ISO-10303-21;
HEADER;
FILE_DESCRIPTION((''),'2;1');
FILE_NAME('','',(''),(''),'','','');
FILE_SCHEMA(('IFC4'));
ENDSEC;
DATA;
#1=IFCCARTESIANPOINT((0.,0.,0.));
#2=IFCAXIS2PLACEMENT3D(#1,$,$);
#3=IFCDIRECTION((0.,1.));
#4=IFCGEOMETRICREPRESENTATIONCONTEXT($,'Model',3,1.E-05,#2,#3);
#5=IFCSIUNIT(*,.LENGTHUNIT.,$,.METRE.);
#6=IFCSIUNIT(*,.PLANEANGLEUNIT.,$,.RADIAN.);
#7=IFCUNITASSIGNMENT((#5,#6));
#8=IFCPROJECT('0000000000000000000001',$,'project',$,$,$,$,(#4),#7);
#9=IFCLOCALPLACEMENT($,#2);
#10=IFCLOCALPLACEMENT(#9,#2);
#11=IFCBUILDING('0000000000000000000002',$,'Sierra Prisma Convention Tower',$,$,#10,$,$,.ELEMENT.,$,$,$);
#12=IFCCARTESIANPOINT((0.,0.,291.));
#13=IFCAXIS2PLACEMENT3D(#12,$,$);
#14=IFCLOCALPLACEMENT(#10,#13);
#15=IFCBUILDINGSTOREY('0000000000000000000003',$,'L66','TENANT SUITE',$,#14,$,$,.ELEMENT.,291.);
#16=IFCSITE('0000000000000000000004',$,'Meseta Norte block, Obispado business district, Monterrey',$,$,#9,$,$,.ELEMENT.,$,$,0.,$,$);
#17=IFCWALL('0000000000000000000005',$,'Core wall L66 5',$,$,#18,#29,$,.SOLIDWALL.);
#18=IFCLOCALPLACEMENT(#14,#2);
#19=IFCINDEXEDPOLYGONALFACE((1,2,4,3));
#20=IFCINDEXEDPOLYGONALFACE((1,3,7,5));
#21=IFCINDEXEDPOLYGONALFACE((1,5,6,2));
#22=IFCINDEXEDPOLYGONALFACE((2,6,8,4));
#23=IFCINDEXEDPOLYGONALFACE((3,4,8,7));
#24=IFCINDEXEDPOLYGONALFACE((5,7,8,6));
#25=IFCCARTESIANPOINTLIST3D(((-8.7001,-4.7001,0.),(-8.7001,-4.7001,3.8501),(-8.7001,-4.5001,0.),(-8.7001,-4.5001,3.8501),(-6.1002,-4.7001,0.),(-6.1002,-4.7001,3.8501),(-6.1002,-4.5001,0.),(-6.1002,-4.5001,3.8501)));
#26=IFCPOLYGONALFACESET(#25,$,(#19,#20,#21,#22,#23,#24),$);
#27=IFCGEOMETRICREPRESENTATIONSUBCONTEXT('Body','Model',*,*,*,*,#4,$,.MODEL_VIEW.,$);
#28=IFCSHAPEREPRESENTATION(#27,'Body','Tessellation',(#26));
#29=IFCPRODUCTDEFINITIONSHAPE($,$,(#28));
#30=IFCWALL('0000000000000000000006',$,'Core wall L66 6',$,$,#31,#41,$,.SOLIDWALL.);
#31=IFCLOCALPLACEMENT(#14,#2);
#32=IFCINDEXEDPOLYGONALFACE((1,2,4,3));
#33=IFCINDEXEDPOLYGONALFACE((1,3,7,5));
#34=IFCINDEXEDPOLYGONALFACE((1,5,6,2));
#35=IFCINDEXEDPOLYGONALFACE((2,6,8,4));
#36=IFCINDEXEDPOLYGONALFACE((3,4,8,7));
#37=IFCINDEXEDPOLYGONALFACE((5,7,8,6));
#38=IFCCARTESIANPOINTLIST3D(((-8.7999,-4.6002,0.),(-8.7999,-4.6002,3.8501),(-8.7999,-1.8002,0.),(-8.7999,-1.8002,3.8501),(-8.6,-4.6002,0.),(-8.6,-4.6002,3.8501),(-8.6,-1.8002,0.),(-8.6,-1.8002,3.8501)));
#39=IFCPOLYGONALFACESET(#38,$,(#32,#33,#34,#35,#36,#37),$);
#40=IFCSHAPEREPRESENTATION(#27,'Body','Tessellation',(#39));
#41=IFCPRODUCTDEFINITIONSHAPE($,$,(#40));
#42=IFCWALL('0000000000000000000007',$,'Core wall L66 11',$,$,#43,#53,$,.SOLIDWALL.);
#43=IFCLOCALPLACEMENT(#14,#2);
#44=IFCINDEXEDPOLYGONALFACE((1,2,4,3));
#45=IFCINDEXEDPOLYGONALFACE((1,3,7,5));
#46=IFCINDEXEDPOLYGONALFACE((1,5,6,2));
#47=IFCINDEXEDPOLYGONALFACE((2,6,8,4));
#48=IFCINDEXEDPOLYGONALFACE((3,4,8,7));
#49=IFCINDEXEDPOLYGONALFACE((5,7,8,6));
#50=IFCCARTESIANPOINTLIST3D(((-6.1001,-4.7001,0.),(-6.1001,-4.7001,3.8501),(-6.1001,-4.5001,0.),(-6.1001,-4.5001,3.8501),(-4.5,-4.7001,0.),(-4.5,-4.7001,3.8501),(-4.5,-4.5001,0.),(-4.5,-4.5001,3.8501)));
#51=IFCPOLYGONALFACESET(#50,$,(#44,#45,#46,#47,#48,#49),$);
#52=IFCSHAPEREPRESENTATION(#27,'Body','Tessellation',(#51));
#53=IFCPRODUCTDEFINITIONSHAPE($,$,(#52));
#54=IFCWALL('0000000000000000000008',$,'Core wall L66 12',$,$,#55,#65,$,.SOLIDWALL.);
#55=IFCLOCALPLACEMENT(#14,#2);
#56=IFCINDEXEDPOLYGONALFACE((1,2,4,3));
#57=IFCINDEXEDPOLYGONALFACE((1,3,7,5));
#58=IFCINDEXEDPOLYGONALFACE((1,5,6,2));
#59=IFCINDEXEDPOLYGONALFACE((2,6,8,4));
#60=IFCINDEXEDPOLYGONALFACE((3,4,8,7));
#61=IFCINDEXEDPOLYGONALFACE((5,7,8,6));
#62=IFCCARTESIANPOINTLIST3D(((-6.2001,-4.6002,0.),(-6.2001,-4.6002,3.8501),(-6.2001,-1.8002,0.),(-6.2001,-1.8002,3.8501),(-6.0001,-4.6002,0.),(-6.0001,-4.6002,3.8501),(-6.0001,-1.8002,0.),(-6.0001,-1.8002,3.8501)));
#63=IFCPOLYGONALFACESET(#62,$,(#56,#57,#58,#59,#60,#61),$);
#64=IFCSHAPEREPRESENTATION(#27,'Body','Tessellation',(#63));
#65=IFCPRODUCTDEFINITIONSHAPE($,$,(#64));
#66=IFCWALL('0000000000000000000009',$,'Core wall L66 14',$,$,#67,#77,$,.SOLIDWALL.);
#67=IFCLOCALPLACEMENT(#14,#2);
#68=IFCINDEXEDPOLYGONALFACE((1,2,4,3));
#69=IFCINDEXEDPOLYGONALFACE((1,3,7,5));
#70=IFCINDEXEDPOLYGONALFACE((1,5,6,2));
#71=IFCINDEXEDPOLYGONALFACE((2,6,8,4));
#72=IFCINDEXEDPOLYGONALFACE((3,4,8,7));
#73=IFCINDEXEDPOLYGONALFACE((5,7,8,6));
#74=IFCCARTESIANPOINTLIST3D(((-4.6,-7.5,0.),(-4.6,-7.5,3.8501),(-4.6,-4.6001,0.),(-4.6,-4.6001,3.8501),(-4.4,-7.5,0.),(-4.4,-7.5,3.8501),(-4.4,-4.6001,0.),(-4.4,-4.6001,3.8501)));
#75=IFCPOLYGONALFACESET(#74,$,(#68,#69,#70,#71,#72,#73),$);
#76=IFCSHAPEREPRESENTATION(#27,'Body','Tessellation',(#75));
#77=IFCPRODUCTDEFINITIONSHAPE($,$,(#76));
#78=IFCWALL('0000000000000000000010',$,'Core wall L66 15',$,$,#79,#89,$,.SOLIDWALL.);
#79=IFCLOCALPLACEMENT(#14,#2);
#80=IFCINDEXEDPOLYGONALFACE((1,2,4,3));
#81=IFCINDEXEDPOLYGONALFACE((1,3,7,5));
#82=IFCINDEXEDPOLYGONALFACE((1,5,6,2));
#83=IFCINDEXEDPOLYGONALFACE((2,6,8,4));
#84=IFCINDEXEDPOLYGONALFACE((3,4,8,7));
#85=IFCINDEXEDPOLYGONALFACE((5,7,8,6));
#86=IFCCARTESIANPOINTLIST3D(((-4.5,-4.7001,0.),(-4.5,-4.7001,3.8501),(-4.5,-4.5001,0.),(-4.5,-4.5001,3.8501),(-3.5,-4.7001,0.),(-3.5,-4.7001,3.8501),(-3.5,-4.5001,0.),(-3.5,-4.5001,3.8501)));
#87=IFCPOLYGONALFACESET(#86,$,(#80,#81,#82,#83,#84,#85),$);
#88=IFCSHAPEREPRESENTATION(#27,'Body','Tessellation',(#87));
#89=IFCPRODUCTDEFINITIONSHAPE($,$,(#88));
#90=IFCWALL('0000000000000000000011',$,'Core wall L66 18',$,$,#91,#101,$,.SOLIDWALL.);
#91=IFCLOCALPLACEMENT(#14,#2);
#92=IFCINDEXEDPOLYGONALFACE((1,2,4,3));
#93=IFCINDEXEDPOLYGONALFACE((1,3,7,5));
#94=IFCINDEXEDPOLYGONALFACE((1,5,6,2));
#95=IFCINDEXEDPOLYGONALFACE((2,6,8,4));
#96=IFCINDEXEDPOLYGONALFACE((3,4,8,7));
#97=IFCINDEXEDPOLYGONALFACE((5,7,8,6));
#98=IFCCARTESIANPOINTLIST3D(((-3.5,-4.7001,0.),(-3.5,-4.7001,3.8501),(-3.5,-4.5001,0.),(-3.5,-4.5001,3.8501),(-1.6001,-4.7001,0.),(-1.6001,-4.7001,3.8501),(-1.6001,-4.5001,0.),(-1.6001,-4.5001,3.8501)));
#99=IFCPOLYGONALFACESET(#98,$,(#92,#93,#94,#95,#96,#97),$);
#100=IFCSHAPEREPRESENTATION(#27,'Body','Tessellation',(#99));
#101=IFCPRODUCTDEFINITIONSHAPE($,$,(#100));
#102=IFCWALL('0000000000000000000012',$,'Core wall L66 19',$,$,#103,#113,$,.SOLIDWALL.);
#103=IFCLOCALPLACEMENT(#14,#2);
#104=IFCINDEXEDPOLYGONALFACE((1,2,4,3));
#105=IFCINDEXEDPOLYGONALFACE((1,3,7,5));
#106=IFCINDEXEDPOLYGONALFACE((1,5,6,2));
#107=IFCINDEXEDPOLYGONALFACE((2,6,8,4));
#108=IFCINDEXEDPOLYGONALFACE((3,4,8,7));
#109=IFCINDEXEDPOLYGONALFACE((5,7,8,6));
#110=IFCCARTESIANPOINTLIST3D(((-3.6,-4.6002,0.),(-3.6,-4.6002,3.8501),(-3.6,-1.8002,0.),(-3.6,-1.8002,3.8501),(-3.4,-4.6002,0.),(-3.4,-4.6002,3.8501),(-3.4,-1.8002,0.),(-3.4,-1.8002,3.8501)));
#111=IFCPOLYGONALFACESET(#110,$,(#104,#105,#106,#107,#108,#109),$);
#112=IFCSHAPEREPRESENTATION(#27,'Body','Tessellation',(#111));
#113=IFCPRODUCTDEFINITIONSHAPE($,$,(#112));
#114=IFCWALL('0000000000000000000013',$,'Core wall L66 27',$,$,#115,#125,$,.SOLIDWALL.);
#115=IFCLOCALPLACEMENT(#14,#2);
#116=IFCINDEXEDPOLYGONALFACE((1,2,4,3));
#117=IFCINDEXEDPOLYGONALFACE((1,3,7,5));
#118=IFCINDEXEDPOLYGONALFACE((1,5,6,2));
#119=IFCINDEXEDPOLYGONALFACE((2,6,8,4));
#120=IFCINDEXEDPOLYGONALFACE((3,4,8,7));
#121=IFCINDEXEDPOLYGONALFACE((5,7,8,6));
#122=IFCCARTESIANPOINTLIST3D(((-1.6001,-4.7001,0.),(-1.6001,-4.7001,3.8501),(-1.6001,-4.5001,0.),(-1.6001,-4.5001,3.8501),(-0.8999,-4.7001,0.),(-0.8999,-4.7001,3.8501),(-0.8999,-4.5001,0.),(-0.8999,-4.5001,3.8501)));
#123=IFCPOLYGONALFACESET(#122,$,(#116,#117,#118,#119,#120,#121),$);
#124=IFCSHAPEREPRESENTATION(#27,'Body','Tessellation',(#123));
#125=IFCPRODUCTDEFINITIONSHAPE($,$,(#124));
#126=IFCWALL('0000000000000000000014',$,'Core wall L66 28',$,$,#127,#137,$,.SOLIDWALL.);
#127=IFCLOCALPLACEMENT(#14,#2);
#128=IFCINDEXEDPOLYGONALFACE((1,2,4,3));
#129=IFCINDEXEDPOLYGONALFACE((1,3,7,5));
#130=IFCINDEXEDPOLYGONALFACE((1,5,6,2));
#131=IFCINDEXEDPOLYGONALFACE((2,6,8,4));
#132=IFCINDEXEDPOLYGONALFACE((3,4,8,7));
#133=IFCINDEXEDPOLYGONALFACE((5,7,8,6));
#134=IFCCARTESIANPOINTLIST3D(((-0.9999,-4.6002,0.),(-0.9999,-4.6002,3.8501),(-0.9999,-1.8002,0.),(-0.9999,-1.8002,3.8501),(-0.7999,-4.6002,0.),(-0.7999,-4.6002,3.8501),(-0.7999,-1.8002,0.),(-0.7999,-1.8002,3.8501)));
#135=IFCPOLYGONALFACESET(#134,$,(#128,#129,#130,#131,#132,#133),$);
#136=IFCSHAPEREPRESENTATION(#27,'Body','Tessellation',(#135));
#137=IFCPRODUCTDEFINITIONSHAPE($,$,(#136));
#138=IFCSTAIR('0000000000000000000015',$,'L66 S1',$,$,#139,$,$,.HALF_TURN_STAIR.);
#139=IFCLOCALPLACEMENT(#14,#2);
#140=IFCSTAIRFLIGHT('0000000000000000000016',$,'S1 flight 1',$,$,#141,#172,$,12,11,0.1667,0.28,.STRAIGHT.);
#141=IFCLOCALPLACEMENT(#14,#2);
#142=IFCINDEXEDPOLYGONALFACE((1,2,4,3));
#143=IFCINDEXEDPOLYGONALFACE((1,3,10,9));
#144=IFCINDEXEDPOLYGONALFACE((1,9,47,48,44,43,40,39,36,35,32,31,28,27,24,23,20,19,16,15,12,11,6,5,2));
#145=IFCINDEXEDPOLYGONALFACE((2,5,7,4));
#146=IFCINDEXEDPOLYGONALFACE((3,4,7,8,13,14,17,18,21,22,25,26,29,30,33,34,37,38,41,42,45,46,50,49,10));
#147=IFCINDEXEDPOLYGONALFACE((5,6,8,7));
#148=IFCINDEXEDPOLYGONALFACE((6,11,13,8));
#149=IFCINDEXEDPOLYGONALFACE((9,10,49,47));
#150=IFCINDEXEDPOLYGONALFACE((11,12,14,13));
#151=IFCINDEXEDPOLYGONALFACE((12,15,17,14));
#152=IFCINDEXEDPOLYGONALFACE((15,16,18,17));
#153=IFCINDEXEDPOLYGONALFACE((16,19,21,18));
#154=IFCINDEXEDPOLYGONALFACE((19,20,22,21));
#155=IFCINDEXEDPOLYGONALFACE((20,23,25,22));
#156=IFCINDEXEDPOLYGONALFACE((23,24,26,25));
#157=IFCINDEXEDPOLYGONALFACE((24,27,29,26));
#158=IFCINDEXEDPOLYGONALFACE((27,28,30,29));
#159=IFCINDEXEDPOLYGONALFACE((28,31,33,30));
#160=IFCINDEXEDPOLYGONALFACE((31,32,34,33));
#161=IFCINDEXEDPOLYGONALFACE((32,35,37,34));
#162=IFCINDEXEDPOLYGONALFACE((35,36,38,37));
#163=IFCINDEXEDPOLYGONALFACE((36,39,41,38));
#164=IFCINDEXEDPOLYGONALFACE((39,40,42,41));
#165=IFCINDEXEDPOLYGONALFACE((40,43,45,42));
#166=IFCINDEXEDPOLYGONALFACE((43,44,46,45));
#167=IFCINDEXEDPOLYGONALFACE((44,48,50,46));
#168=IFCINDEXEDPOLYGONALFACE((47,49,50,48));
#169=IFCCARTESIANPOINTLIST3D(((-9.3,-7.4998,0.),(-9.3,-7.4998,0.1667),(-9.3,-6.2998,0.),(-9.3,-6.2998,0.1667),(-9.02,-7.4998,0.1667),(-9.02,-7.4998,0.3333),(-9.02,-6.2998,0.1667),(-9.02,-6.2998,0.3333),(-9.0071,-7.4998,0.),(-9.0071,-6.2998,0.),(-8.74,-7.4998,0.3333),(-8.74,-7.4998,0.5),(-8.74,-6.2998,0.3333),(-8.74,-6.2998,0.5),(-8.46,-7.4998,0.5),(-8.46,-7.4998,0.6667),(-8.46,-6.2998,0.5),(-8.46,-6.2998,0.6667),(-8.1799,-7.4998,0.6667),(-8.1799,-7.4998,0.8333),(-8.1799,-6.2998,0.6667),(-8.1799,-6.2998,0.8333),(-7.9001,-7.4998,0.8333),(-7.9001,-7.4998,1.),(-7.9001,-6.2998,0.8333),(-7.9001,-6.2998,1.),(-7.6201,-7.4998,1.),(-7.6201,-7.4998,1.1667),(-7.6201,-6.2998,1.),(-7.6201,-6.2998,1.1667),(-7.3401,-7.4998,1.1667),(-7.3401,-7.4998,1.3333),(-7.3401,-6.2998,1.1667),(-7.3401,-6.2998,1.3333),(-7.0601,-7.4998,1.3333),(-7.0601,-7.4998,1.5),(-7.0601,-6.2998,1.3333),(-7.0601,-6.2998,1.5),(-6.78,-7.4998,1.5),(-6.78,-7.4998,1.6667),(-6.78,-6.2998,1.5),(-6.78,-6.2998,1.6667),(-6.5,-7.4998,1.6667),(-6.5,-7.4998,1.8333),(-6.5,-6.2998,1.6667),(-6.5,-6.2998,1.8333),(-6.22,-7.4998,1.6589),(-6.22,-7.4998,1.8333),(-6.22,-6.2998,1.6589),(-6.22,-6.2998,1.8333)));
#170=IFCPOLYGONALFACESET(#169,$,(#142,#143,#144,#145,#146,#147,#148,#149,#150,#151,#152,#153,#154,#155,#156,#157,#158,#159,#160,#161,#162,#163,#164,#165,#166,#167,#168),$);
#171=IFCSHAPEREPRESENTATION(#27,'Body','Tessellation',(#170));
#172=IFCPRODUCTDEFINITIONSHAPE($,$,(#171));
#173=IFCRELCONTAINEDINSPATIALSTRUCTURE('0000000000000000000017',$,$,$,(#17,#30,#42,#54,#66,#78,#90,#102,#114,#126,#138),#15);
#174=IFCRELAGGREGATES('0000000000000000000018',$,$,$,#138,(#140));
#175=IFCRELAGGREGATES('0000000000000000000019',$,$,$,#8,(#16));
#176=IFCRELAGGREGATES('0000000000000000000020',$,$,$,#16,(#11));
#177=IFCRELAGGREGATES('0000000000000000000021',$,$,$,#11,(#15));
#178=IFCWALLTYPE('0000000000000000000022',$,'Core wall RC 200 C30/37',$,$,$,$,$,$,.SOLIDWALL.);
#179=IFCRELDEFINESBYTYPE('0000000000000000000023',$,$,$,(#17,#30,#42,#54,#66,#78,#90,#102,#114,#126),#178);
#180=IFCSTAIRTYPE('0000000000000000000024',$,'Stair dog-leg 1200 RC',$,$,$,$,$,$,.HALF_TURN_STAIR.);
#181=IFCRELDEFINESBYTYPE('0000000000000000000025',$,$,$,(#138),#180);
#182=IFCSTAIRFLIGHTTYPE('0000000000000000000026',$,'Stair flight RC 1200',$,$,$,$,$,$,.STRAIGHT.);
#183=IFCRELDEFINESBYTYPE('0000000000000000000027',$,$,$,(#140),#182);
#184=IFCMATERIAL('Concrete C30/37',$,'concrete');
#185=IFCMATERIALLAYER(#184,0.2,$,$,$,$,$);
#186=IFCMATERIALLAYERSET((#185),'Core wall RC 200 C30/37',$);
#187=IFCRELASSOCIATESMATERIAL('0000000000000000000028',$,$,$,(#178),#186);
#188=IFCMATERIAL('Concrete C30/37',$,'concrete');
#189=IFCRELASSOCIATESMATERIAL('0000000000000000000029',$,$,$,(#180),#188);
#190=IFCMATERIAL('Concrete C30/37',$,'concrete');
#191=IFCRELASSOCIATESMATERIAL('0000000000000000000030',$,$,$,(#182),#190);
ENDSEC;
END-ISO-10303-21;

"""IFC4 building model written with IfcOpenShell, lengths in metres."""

from ifc_helpers import new_model, si_unit, direction, frame, frame_2d, origin, place, context, subcontext, project, spatial, polyline, rectangle, outline, extrude, material, layer, layer_set, type_object, element, aggregate, save


model = new_model("IFC4")

# Units and contexts
model_context = context("Model", 3, precision=1e-05, world=origin(), true_north=direction((0.0, 1.0)))
body_context = subcontext(model_context, "Body", "Model", "MODEL_VIEW")
ifc_project = project(units=[si_unit("LENGTHUNIT", "METRE"), si_unit("PLANEANGLEUNIT", "RADIAN")], contexts=[model_context])

# Site, building, storey
site_placement = place(None, origin())
site = spatial("IfcSite", under=ifc_project, at=site_placement, Name="Meseta Norte block, Obispado business district, Monterrey", CompositionType="ELEMENT", RefElevation=0.0)
building_placement = place(site_placement, origin())
building = spatial("IfcBuilding", under=site, at=building_placement, Name="Sierra Prisma Convention Tower", CompositionType="ELEMENT")
storey_placement = place(building_placement, frame((0.0, 0.0, 291.0)))
storey = spatial("IfcBuildingStorey", under=building, at=storey_placement, Name="L66", Description="TENANT SUITE", CompositionType="ELEMENT", Elevation=291.0)

# Shared definitions
ifc_material_1 = material(Name="Concrete C30/37", Category="concrete")
ifc_layer = layer(ifc_material_1, 0.2)
ifc_layer_set = layer_set([ifc_layer], Name="Core wall RC 200 C30/37")
wall_type = type_object("IfcWallType", Name="Core wall RC 200 C30/37", PredefinedType="SOLIDWALL", material=ifc_layer_set)

# Walls
wall_1_placement = place(storey_placement, frame((-8.7, -4.6001, 0.0), z_axis=(0.0, 0.0, 1.0), x_axis=(1.0, 0.0, 0.0)))
element("IfcWall", 1, at=wall_1_placement, inside=storey, type_object=wall_type, Name="Core wall L66 5", PredefinedType="SOLIDWALL", context=body_context, shape_type="SweptSolid", body=[
    extrude(rectangle(XDim=2.5999, YDim=0.2, at=frame_2d((1.2998, 0.0))), origin(), (0.0, 0.0, 1.0), 3.8501),
])
wall_2_placement = place(storey_placement, frame((-8.7, -4.6001, 0.0), z_axis=(0.0, 0.0, 1.0), x_axis=(0.0, 1.0, 0.0)))
element("IfcWall", 2, at=wall_2_placement, inside=storey, type_object=wall_type, Name="Core wall L66 6", PredefinedType="SOLIDWALL", context=body_context, shape_type="SweptSolid", body=[
    extrude(rectangle(XDim=2.8, YDim=0.2, at=frame_2d((1.3999, 0.0))), origin(), (0.0, 0.0, 1.0), 3.8501),
])

# Walls
wall_3_placement = place(storey_placement, frame((-6.1001, -4.6001, 0.0), z_axis=(0.0, 0.0, 1.0), x_axis=(1.0, 0.0, 0.0)))
element("IfcWall", 3, at=wall_3_placement, inside=storey, type_object=wall_type, Name="Core wall L66 11", PredefinedType="SOLIDWALL", context=body_context, shape_type="SweptSolid", body=[
    extrude(rectangle(XDim=1.6001, YDim=0.2, at=frame_2d((0.8, 0.0))), origin(), (0.0, 0.0, 1.0), 3.8501),
])
wall_4_placement = place(storey_placement, frame((-6.1001, -4.6001, 0.0), z_axis=(0.0, 0.0, 1.0), x_axis=(0.0, 1.0, 0.0)))
element("IfcWall", 4, at=wall_4_placement, inside=storey, type_object=wall_type, Name="Core wall L66 12", PredefinedType="SOLIDWALL", context=body_context, shape_type="SweptSolid", body=[
    extrude(rectangle(XDim=2.8, YDim=0.2, at=frame_2d((1.3999, 0.0))), origin(), (0.0, 0.0, 1.0), 3.8501),
])

# Walls
wall_5_placement = place(storey_placement, frame((-4.5, -4.6001, 0.0), z_axis=(0.0, 0.0, 1.0), x_axis=(0.0, -1.0, 0.0)))
element("IfcWall", 5, at=wall_5_placement, inside=storey, type_object=wall_type, Name="Core wall L66 14", PredefinedType="SOLIDWALL", context=body_context, shape_type="SweptSolid", body=[
    extrude(rectangle(XDim=2.8999, YDim=0.2, at=frame_2d((1.45, 0.0))), origin(), (0.0, 0.0, 1.0), 3.8501),
])
wall_6_placement = place(storey_placement, frame((-4.5, -4.6001, 0.0), z_axis=(0.0, 0.0, 1.0), x_axis=(1.0, 0.0, 0.0)))
element("IfcWall", 6, at=wall_6_placement, inside=storey, type_object=wall_type, Name="Core wall L66 15", PredefinedType="SOLIDWALL", context=body_context, shape_type="SweptSolid", body=[
    extrude(rectangle(XDim=1.0, YDim=0.2, at=frame_2d((0.5, 0.0))), origin(), (0.0, 0.0, 1.0), 3.8501),
])
wall_7_placement = place(storey_placement, frame((-3.5, -4.6001, 0.0), z_axis=(0.0, 0.0, 1.0), x_axis=(1.0, 0.0, 0.0)))
element("IfcWall", 7, at=wall_7_placement, inside=storey, type_object=wall_type, Name="Core wall L66 18", PredefinedType="SOLIDWALL", context=body_context, shape_type="SweptSolid", body=[
    extrude(rectangle(XDim=1.8999, YDim=0.2, at=frame_2d((0.95, 0.0))), origin(), (0.0, 0.0, 1.0), 3.8501),
])
wall_8_placement = place(storey_placement, frame((-3.5, -4.6001, 0.0), z_axis=(0.0, 0.0, 1.0), x_axis=(0.0, 1.0, 0.0)))
element("IfcWall", 8, at=wall_8_placement, inside=storey, type_object=wall_type, Name="Core wall L66 19", PredefinedType="SOLIDWALL", context=body_context, shape_type="SweptSolid", body=[
    extrude(rectangle(XDim=2.8, YDim=0.2, at=frame_2d((1.3999, 0.0))), origin(), (0.0, 0.0, 1.0), 3.8501),
])
wall_9_placement = place(storey_placement, frame((-1.6001, -4.6001, 0.0), z_axis=(0.0, 0.0, 1.0), x_axis=(1.0, 0.0, 0.0)))
element("IfcWall", 9, at=wall_9_placement, inside=storey, type_object=wall_type, Name="Core wall L66 27", PredefinedType="SOLIDWALL", context=body_context, shape_type="SweptSolid", body=[
    extrude(rectangle(XDim=0.7002, YDim=0.2, at=frame_2d((0.3501, 0.0))), origin(), (0.0, 0.0, 1.0), 3.8501),
])
wall_10_placement = place(storey_placement, frame((-0.8999, -4.6001, 0.0), z_axis=(0.0, 0.0, 1.0), x_axis=(0.0, 1.0, 0.0)))
element("IfcWall", 10, at=wall_10_placement, inside=storey, type_object=wall_type, Name="Core wall L66 28", PredefinedType="SOLIDWALL", context=body_context, shape_type="SweptSolid", body=[
    extrude(rectangle(XDim=2.8, YDim=0.2, at=frame_2d((1.3999, 0.0))), origin(), (0.0, 0.0, 1.0), 3.8501),
])

# Stair, stair flight
ifc_material_2 = material(Name="Concrete C30/37", Category="concrete")
stair_type = type_object("IfcStairType", Name="Stair dog-leg 1200 RC", PredefinedType="HALF_TURN_STAIR", material=ifc_material_2)
stair_placement = place(storey_placement, origin())
stair = element("IfcStair", 11, at=stair_placement, inside=storey, type_object=stair_type, Name="L66 S1", PredefinedType="HALF_TURN_STAIR")
ifc_material_3 = material(Name="Concrete C30/37", Category="concrete")
stair_flight_type = type_object("IfcStairFlightType", Name="Stair flight RC 1200", PredefinedType="STRAIGHT", material=ifc_material_3)
stair_flight_1_placement = place(storey_placement, frame((-9.3, -6.8999, 0.0), z_axis=(0.0, 0.0, 1.0), x_axis=(1.0, 0.0, 0.0)))
stair_flight_1 = element("IfcStairFlight", 12, at=stair_flight_1_placement, type_object=stair_flight_type, Name="S1 flight 1", NumberOfRisers=12, NumberOfTreads=11, PredefinedType="STRAIGHT", RiserHeight=0.1667, TreadLength=0.28, context=body_context, shape_type="SweptSolid", body=[
    extrude(outline(polyline([(0.0, 0.0), (0.0, 0.1667), (0.28, 0.1667), (0.28, 0.3333), (0.5601, 0.3333), (0.5601, 0.5), (0.8401, 0.5), (0.8401, 0.6667), (1.1201, 0.6667), (1.1201, 0.8333), (1.3999, 0.8333), (1.3999, 1.0), (1.6799, 1.0), (1.6799, 1.1667), (1.96, 1.1667), (1.96, 1.3333), (2.24, 1.3333), (2.24, 1.5), (2.52, 1.5), (2.52, 1.6667), (2.8, 1.6667), (2.8, 1.8333), (3.0801, 1.8333), (3.0801, 2.0), (3.0801, 1.6589), (0.293, 0.0), (0.0, 0.0)])), frame((0.0, 0.6001, 0.0), z_axis=(0.0, -1.0, 0.0), x_axis=(1.0, 0.0, 0.0)), (0.0, 0.0, 1.0), 1.2),
])
aggregate(stair, [stair_flight_1])

save(model, "model.ifc")
